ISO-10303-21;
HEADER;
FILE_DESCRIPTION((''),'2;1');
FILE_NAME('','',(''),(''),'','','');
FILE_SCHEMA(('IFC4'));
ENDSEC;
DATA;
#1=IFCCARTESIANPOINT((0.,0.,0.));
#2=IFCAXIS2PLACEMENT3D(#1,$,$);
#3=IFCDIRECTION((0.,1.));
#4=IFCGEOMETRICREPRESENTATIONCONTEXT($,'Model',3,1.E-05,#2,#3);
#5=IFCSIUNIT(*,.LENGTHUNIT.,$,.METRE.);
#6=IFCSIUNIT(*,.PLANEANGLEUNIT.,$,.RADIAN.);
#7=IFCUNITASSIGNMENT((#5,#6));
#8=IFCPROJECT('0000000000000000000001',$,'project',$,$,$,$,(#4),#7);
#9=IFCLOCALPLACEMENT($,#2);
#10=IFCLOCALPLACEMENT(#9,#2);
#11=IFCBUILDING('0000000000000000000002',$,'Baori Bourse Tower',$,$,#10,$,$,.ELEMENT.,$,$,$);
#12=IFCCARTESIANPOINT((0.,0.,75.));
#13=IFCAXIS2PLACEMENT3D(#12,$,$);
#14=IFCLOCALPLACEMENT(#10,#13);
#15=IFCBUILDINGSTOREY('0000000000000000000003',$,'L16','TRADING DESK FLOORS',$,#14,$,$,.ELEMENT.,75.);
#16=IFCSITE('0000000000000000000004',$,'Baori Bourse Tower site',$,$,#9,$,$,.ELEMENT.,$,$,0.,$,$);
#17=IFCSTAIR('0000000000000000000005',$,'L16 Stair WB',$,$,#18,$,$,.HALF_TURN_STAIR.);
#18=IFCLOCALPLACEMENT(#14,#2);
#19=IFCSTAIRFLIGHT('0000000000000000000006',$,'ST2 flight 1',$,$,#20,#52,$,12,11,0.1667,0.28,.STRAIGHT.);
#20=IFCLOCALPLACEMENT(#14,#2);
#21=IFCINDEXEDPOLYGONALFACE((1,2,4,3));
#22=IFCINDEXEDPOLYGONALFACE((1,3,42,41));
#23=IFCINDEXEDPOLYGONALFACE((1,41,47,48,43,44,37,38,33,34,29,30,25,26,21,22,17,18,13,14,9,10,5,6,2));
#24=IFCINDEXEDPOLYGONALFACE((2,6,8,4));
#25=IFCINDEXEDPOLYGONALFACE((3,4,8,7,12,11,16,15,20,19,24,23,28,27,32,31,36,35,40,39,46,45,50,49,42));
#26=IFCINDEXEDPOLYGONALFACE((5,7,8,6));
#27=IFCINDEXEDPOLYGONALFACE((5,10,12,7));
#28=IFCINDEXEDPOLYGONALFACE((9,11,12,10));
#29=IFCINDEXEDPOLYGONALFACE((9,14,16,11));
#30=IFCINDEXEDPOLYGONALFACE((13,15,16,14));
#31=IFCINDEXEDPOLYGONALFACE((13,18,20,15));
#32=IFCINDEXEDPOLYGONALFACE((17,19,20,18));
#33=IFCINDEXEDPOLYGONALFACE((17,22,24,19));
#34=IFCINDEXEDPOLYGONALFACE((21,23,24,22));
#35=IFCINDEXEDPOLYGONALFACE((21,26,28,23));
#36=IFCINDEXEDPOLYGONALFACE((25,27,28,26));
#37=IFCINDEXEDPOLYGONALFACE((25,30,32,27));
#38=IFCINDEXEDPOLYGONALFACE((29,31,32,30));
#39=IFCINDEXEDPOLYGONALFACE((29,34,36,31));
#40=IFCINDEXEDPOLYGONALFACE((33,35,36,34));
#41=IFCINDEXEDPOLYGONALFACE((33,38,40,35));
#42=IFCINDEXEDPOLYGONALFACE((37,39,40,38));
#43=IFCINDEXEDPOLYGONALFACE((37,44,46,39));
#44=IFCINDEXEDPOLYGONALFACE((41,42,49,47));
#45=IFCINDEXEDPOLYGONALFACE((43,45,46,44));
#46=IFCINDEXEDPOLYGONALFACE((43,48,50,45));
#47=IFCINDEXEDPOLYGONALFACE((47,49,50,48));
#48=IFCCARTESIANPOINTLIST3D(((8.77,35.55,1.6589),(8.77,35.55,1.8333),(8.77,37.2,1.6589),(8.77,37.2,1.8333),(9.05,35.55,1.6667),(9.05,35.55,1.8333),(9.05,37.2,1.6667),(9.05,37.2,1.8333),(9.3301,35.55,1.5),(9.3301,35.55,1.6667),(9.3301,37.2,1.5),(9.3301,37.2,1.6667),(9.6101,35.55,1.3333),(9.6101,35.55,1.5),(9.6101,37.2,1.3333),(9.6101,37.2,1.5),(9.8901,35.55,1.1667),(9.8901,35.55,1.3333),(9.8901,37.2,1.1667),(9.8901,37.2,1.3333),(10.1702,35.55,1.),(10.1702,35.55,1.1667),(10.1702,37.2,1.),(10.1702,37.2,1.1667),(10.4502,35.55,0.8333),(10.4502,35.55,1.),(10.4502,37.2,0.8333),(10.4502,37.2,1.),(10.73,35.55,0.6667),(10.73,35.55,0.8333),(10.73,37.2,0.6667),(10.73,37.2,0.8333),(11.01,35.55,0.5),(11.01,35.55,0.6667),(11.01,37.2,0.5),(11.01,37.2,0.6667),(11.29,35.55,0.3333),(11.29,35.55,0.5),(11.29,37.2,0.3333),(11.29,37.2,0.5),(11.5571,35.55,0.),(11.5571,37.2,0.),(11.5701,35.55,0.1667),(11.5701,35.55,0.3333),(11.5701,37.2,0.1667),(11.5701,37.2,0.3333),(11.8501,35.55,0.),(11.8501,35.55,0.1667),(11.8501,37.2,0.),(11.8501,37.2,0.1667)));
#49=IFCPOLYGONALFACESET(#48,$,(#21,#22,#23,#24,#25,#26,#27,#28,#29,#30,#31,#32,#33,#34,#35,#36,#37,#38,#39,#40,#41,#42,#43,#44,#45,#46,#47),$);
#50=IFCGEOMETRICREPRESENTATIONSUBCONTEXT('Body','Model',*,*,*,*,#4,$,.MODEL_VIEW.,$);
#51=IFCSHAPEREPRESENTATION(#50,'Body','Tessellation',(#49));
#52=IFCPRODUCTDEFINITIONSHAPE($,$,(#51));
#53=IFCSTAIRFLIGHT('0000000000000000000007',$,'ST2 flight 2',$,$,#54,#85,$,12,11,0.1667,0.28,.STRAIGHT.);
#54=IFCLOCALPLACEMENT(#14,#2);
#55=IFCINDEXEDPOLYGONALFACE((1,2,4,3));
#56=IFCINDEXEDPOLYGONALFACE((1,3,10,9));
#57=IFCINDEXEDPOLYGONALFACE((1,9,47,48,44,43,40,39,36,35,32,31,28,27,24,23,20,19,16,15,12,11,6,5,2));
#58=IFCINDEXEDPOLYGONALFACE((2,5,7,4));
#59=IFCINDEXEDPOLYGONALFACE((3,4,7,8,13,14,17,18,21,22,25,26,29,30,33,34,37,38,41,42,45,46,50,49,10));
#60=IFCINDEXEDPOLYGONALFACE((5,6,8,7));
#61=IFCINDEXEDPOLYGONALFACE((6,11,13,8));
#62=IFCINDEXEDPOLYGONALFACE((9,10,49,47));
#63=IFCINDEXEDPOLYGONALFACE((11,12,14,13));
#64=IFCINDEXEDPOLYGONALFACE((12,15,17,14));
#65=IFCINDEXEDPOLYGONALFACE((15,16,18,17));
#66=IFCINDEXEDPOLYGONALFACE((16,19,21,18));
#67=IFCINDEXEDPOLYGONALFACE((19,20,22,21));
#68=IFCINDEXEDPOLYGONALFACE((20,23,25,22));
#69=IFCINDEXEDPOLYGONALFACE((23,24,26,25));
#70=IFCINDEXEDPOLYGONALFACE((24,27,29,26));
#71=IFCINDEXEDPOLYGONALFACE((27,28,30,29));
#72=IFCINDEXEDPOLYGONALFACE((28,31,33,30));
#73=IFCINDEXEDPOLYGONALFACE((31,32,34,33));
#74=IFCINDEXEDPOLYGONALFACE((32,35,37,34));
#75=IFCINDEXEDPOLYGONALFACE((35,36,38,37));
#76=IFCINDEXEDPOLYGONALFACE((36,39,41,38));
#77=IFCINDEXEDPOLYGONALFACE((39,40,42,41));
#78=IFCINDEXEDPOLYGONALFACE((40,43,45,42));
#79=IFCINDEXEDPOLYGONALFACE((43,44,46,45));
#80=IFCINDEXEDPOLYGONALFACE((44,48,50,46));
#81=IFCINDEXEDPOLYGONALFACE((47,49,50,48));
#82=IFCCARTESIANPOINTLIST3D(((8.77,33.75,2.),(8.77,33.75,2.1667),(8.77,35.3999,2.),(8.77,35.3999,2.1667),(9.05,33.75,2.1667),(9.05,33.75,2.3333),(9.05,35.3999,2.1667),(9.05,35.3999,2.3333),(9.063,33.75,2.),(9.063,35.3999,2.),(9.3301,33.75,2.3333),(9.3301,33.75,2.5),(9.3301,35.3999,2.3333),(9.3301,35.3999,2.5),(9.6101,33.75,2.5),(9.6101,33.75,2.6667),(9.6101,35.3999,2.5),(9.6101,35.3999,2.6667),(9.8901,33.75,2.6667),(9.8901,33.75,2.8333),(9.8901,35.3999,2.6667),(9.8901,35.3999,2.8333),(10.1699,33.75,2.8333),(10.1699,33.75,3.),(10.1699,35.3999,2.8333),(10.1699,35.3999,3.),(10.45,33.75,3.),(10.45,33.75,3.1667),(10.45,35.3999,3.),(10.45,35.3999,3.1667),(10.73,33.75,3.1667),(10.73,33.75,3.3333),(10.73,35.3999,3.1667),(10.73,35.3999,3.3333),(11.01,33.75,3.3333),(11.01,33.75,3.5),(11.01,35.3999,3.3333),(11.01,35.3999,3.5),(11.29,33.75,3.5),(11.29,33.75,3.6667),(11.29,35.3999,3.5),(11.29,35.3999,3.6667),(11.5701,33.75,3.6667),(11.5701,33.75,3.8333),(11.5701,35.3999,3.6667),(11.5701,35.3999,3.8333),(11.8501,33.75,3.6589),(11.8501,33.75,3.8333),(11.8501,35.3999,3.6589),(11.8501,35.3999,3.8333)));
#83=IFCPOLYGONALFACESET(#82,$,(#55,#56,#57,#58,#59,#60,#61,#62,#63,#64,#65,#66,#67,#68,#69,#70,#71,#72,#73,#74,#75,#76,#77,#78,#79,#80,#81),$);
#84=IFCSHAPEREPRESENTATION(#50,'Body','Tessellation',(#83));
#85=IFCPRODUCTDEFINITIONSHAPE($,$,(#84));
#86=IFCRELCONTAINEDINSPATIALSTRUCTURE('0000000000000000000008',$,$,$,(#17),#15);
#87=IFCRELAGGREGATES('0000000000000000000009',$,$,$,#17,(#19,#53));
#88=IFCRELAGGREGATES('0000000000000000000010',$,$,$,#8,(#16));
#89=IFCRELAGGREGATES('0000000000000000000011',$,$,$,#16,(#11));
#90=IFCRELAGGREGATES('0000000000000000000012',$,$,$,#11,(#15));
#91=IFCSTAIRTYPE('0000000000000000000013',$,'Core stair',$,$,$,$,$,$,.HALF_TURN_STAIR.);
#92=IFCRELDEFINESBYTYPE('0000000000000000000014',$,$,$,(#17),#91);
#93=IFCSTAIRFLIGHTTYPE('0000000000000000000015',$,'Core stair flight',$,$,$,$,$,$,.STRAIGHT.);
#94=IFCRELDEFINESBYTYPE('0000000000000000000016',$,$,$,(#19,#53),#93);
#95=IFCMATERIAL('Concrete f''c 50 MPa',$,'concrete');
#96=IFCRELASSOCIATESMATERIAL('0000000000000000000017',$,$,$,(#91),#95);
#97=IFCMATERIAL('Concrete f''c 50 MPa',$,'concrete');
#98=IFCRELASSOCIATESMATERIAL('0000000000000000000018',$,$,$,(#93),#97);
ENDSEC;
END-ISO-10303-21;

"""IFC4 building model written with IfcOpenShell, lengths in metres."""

from ifc_helpers import new_model, si_unit, direction, frame, origin, place, context, subcontext, project, spatial, polyline, outline, extrude, material, type_object, element, aggregate, save


model = new_model("IFC4")

# Units and contexts
model_context = context("Model", 3, precision=1e-05, world=origin(), true_north=direction((0.0, 1.0)))
body_context = subcontext(model_context, "Body", "Model", "MODEL_VIEW")
ifc_project = project(units=[si_unit("LENGTHUNIT", "METRE"), si_unit("PLANEANGLEUNIT", "RADIAN")], contexts=[model_context])

# Site, building, storey
site_placement = place(None, origin())
site = spatial("IfcSite", under=ifc_project, at=site_placement, Name="Baori Bourse Tower site", CompositionType="ELEMENT", RefElevation=0.0)
building_placement = place(site_placement, origin())
building = spatial("IfcBuilding", under=site, at=building_placement, Name="Baori Bourse Tower", CompositionType="ELEMENT")
storey_placement = place(building_placement, frame((0.0, 0.0, 75.0)))
storey = spatial("IfcBuildingStorey", under=building, at=storey_placement, Name="L16", Description="TRADING DESK FLOORS", CompositionType="ELEMENT", Elevation=75.0)

# Stair, stair flights
ifc_material_1 = material(Name="Concrete f'c 50 MPa", Category="concrete")
stair_type = type_object("IfcStairType", Name="Core stair", PredefinedType="HALF_TURN_STAIR", material=ifc_material_1)
stair_placement = place(storey_placement, origin())
stair = element("IfcStair", 1, at=stair_placement, inside=storey, type_object=stair_type, Name="L16 Stair WB", PredefinedType="HALF_TURN_STAIR")
ifc_material_2 = material(Name="Concrete f'c 50 MPa", Category="concrete")
stair_flight_type = type_object("IfcStairFlightType", Name="Core stair flight", PredefinedType="STRAIGHT", material=ifc_material_2)
stair_flight_1_placement = place(storey_placement, frame((11.8501, 36.375, 0.0), z_axis=(0.0, 0.0, 1.0), x_axis=(-1.0, 0.0, 0.0)))
stair_flight_1 = element("IfcStairFlight", 2, at=stair_flight_1_placement, type_object=stair_flight_type, Name="ST2 flight 1", NumberOfRisers=12, NumberOfTreads=11, PredefinedType="STRAIGHT", RiserHeight=0.1667, TreadLength=0.28, context=body_context, shape_type="SweptSolid", body=[
    extrude(outline(polyline([(0.0, 0.0), (0.0, 0.1667), (0.28, 0.1667), (0.28, 0.3333), (0.5601, 0.3333), (0.5601, 0.5), (0.8401, 0.5), (0.8401, 0.6667), (1.1201, 0.6667), (1.1201, 0.8333), (1.3999, 0.8333), (1.3999, 1.0), (1.6799, 1.0), (1.6799, 1.1667), (1.96, 1.1667), (1.96, 1.3333), (2.24, 1.3333), (2.24, 1.5), (2.52, 1.5), (2.52, 1.6667), (2.8, 1.6667), (2.8, 1.8333), (3.0801, 1.8333), (3.0801, 2.0), (3.0801, 1.6589), (0.293, 0.0), (0.0, 0.0)])), frame((0.0, 0.825, 0.0), z_axis=(0.0, -1.0, 0.0), x_axis=(1.0, 0.0, 0.0)), (0.0, 0.0, 1.0), 1.6499),
])
stair_flight_2_placement = place(storey_placement, frame((8.77, 34.575, 2.0), z_axis=(0.0, 0.0, 1.0), x_axis=(1.0, 0.0, 0.0)))
stair_flight_2 = element("IfcStairFlight", 3, at=stair_flight_2_placement, type_object=stair_flight_type, Name="ST2 flight 2", NumberOfRisers=12, NumberOfTreads=11, PredefinedType="STRAIGHT", RiserHeight=0.1667, TreadLength=0.28, context=body_context, shape_type="SweptSolid", body=[
    extrude(outline(polyline([(0.0, 0.0), (0.0, 0.1667), (0.28, 0.1667), (0.28, 0.3333), (0.5601, 0.3333), (0.5601, 0.5), (0.8401, 0.5), (0.8401, 0.6667), (1.1201, 0.6667), (1.1201, 0.8333), (1.3999, 0.8333), (1.3999, 1.0), (1.6799, 1.0), (1.6799, 1.1667), (1.96, 1.1667), (1.96, 1.3333), (2.24, 1.3333), (2.24, 1.5), (2.52, 1.5), (2.52, 1.6667), (2.8, 1.6667), (2.8, 1.8333), (3.0801, 1.8333), (3.0801, 2.0), (3.0801, 1.6589), (0.293, 0.0), (0.0, 0.0)])), frame((0.0, 0.825, 0.0), z_axis=(0.0, -1.0, 0.0), x_axis=(1.0, 0.0, 0.0)), (0.0, 0.0, 1.0), 1.6499),
])
aggregate(stair, [stair_flight_1, stair_flight_2])

save(model, "model.ifc")
